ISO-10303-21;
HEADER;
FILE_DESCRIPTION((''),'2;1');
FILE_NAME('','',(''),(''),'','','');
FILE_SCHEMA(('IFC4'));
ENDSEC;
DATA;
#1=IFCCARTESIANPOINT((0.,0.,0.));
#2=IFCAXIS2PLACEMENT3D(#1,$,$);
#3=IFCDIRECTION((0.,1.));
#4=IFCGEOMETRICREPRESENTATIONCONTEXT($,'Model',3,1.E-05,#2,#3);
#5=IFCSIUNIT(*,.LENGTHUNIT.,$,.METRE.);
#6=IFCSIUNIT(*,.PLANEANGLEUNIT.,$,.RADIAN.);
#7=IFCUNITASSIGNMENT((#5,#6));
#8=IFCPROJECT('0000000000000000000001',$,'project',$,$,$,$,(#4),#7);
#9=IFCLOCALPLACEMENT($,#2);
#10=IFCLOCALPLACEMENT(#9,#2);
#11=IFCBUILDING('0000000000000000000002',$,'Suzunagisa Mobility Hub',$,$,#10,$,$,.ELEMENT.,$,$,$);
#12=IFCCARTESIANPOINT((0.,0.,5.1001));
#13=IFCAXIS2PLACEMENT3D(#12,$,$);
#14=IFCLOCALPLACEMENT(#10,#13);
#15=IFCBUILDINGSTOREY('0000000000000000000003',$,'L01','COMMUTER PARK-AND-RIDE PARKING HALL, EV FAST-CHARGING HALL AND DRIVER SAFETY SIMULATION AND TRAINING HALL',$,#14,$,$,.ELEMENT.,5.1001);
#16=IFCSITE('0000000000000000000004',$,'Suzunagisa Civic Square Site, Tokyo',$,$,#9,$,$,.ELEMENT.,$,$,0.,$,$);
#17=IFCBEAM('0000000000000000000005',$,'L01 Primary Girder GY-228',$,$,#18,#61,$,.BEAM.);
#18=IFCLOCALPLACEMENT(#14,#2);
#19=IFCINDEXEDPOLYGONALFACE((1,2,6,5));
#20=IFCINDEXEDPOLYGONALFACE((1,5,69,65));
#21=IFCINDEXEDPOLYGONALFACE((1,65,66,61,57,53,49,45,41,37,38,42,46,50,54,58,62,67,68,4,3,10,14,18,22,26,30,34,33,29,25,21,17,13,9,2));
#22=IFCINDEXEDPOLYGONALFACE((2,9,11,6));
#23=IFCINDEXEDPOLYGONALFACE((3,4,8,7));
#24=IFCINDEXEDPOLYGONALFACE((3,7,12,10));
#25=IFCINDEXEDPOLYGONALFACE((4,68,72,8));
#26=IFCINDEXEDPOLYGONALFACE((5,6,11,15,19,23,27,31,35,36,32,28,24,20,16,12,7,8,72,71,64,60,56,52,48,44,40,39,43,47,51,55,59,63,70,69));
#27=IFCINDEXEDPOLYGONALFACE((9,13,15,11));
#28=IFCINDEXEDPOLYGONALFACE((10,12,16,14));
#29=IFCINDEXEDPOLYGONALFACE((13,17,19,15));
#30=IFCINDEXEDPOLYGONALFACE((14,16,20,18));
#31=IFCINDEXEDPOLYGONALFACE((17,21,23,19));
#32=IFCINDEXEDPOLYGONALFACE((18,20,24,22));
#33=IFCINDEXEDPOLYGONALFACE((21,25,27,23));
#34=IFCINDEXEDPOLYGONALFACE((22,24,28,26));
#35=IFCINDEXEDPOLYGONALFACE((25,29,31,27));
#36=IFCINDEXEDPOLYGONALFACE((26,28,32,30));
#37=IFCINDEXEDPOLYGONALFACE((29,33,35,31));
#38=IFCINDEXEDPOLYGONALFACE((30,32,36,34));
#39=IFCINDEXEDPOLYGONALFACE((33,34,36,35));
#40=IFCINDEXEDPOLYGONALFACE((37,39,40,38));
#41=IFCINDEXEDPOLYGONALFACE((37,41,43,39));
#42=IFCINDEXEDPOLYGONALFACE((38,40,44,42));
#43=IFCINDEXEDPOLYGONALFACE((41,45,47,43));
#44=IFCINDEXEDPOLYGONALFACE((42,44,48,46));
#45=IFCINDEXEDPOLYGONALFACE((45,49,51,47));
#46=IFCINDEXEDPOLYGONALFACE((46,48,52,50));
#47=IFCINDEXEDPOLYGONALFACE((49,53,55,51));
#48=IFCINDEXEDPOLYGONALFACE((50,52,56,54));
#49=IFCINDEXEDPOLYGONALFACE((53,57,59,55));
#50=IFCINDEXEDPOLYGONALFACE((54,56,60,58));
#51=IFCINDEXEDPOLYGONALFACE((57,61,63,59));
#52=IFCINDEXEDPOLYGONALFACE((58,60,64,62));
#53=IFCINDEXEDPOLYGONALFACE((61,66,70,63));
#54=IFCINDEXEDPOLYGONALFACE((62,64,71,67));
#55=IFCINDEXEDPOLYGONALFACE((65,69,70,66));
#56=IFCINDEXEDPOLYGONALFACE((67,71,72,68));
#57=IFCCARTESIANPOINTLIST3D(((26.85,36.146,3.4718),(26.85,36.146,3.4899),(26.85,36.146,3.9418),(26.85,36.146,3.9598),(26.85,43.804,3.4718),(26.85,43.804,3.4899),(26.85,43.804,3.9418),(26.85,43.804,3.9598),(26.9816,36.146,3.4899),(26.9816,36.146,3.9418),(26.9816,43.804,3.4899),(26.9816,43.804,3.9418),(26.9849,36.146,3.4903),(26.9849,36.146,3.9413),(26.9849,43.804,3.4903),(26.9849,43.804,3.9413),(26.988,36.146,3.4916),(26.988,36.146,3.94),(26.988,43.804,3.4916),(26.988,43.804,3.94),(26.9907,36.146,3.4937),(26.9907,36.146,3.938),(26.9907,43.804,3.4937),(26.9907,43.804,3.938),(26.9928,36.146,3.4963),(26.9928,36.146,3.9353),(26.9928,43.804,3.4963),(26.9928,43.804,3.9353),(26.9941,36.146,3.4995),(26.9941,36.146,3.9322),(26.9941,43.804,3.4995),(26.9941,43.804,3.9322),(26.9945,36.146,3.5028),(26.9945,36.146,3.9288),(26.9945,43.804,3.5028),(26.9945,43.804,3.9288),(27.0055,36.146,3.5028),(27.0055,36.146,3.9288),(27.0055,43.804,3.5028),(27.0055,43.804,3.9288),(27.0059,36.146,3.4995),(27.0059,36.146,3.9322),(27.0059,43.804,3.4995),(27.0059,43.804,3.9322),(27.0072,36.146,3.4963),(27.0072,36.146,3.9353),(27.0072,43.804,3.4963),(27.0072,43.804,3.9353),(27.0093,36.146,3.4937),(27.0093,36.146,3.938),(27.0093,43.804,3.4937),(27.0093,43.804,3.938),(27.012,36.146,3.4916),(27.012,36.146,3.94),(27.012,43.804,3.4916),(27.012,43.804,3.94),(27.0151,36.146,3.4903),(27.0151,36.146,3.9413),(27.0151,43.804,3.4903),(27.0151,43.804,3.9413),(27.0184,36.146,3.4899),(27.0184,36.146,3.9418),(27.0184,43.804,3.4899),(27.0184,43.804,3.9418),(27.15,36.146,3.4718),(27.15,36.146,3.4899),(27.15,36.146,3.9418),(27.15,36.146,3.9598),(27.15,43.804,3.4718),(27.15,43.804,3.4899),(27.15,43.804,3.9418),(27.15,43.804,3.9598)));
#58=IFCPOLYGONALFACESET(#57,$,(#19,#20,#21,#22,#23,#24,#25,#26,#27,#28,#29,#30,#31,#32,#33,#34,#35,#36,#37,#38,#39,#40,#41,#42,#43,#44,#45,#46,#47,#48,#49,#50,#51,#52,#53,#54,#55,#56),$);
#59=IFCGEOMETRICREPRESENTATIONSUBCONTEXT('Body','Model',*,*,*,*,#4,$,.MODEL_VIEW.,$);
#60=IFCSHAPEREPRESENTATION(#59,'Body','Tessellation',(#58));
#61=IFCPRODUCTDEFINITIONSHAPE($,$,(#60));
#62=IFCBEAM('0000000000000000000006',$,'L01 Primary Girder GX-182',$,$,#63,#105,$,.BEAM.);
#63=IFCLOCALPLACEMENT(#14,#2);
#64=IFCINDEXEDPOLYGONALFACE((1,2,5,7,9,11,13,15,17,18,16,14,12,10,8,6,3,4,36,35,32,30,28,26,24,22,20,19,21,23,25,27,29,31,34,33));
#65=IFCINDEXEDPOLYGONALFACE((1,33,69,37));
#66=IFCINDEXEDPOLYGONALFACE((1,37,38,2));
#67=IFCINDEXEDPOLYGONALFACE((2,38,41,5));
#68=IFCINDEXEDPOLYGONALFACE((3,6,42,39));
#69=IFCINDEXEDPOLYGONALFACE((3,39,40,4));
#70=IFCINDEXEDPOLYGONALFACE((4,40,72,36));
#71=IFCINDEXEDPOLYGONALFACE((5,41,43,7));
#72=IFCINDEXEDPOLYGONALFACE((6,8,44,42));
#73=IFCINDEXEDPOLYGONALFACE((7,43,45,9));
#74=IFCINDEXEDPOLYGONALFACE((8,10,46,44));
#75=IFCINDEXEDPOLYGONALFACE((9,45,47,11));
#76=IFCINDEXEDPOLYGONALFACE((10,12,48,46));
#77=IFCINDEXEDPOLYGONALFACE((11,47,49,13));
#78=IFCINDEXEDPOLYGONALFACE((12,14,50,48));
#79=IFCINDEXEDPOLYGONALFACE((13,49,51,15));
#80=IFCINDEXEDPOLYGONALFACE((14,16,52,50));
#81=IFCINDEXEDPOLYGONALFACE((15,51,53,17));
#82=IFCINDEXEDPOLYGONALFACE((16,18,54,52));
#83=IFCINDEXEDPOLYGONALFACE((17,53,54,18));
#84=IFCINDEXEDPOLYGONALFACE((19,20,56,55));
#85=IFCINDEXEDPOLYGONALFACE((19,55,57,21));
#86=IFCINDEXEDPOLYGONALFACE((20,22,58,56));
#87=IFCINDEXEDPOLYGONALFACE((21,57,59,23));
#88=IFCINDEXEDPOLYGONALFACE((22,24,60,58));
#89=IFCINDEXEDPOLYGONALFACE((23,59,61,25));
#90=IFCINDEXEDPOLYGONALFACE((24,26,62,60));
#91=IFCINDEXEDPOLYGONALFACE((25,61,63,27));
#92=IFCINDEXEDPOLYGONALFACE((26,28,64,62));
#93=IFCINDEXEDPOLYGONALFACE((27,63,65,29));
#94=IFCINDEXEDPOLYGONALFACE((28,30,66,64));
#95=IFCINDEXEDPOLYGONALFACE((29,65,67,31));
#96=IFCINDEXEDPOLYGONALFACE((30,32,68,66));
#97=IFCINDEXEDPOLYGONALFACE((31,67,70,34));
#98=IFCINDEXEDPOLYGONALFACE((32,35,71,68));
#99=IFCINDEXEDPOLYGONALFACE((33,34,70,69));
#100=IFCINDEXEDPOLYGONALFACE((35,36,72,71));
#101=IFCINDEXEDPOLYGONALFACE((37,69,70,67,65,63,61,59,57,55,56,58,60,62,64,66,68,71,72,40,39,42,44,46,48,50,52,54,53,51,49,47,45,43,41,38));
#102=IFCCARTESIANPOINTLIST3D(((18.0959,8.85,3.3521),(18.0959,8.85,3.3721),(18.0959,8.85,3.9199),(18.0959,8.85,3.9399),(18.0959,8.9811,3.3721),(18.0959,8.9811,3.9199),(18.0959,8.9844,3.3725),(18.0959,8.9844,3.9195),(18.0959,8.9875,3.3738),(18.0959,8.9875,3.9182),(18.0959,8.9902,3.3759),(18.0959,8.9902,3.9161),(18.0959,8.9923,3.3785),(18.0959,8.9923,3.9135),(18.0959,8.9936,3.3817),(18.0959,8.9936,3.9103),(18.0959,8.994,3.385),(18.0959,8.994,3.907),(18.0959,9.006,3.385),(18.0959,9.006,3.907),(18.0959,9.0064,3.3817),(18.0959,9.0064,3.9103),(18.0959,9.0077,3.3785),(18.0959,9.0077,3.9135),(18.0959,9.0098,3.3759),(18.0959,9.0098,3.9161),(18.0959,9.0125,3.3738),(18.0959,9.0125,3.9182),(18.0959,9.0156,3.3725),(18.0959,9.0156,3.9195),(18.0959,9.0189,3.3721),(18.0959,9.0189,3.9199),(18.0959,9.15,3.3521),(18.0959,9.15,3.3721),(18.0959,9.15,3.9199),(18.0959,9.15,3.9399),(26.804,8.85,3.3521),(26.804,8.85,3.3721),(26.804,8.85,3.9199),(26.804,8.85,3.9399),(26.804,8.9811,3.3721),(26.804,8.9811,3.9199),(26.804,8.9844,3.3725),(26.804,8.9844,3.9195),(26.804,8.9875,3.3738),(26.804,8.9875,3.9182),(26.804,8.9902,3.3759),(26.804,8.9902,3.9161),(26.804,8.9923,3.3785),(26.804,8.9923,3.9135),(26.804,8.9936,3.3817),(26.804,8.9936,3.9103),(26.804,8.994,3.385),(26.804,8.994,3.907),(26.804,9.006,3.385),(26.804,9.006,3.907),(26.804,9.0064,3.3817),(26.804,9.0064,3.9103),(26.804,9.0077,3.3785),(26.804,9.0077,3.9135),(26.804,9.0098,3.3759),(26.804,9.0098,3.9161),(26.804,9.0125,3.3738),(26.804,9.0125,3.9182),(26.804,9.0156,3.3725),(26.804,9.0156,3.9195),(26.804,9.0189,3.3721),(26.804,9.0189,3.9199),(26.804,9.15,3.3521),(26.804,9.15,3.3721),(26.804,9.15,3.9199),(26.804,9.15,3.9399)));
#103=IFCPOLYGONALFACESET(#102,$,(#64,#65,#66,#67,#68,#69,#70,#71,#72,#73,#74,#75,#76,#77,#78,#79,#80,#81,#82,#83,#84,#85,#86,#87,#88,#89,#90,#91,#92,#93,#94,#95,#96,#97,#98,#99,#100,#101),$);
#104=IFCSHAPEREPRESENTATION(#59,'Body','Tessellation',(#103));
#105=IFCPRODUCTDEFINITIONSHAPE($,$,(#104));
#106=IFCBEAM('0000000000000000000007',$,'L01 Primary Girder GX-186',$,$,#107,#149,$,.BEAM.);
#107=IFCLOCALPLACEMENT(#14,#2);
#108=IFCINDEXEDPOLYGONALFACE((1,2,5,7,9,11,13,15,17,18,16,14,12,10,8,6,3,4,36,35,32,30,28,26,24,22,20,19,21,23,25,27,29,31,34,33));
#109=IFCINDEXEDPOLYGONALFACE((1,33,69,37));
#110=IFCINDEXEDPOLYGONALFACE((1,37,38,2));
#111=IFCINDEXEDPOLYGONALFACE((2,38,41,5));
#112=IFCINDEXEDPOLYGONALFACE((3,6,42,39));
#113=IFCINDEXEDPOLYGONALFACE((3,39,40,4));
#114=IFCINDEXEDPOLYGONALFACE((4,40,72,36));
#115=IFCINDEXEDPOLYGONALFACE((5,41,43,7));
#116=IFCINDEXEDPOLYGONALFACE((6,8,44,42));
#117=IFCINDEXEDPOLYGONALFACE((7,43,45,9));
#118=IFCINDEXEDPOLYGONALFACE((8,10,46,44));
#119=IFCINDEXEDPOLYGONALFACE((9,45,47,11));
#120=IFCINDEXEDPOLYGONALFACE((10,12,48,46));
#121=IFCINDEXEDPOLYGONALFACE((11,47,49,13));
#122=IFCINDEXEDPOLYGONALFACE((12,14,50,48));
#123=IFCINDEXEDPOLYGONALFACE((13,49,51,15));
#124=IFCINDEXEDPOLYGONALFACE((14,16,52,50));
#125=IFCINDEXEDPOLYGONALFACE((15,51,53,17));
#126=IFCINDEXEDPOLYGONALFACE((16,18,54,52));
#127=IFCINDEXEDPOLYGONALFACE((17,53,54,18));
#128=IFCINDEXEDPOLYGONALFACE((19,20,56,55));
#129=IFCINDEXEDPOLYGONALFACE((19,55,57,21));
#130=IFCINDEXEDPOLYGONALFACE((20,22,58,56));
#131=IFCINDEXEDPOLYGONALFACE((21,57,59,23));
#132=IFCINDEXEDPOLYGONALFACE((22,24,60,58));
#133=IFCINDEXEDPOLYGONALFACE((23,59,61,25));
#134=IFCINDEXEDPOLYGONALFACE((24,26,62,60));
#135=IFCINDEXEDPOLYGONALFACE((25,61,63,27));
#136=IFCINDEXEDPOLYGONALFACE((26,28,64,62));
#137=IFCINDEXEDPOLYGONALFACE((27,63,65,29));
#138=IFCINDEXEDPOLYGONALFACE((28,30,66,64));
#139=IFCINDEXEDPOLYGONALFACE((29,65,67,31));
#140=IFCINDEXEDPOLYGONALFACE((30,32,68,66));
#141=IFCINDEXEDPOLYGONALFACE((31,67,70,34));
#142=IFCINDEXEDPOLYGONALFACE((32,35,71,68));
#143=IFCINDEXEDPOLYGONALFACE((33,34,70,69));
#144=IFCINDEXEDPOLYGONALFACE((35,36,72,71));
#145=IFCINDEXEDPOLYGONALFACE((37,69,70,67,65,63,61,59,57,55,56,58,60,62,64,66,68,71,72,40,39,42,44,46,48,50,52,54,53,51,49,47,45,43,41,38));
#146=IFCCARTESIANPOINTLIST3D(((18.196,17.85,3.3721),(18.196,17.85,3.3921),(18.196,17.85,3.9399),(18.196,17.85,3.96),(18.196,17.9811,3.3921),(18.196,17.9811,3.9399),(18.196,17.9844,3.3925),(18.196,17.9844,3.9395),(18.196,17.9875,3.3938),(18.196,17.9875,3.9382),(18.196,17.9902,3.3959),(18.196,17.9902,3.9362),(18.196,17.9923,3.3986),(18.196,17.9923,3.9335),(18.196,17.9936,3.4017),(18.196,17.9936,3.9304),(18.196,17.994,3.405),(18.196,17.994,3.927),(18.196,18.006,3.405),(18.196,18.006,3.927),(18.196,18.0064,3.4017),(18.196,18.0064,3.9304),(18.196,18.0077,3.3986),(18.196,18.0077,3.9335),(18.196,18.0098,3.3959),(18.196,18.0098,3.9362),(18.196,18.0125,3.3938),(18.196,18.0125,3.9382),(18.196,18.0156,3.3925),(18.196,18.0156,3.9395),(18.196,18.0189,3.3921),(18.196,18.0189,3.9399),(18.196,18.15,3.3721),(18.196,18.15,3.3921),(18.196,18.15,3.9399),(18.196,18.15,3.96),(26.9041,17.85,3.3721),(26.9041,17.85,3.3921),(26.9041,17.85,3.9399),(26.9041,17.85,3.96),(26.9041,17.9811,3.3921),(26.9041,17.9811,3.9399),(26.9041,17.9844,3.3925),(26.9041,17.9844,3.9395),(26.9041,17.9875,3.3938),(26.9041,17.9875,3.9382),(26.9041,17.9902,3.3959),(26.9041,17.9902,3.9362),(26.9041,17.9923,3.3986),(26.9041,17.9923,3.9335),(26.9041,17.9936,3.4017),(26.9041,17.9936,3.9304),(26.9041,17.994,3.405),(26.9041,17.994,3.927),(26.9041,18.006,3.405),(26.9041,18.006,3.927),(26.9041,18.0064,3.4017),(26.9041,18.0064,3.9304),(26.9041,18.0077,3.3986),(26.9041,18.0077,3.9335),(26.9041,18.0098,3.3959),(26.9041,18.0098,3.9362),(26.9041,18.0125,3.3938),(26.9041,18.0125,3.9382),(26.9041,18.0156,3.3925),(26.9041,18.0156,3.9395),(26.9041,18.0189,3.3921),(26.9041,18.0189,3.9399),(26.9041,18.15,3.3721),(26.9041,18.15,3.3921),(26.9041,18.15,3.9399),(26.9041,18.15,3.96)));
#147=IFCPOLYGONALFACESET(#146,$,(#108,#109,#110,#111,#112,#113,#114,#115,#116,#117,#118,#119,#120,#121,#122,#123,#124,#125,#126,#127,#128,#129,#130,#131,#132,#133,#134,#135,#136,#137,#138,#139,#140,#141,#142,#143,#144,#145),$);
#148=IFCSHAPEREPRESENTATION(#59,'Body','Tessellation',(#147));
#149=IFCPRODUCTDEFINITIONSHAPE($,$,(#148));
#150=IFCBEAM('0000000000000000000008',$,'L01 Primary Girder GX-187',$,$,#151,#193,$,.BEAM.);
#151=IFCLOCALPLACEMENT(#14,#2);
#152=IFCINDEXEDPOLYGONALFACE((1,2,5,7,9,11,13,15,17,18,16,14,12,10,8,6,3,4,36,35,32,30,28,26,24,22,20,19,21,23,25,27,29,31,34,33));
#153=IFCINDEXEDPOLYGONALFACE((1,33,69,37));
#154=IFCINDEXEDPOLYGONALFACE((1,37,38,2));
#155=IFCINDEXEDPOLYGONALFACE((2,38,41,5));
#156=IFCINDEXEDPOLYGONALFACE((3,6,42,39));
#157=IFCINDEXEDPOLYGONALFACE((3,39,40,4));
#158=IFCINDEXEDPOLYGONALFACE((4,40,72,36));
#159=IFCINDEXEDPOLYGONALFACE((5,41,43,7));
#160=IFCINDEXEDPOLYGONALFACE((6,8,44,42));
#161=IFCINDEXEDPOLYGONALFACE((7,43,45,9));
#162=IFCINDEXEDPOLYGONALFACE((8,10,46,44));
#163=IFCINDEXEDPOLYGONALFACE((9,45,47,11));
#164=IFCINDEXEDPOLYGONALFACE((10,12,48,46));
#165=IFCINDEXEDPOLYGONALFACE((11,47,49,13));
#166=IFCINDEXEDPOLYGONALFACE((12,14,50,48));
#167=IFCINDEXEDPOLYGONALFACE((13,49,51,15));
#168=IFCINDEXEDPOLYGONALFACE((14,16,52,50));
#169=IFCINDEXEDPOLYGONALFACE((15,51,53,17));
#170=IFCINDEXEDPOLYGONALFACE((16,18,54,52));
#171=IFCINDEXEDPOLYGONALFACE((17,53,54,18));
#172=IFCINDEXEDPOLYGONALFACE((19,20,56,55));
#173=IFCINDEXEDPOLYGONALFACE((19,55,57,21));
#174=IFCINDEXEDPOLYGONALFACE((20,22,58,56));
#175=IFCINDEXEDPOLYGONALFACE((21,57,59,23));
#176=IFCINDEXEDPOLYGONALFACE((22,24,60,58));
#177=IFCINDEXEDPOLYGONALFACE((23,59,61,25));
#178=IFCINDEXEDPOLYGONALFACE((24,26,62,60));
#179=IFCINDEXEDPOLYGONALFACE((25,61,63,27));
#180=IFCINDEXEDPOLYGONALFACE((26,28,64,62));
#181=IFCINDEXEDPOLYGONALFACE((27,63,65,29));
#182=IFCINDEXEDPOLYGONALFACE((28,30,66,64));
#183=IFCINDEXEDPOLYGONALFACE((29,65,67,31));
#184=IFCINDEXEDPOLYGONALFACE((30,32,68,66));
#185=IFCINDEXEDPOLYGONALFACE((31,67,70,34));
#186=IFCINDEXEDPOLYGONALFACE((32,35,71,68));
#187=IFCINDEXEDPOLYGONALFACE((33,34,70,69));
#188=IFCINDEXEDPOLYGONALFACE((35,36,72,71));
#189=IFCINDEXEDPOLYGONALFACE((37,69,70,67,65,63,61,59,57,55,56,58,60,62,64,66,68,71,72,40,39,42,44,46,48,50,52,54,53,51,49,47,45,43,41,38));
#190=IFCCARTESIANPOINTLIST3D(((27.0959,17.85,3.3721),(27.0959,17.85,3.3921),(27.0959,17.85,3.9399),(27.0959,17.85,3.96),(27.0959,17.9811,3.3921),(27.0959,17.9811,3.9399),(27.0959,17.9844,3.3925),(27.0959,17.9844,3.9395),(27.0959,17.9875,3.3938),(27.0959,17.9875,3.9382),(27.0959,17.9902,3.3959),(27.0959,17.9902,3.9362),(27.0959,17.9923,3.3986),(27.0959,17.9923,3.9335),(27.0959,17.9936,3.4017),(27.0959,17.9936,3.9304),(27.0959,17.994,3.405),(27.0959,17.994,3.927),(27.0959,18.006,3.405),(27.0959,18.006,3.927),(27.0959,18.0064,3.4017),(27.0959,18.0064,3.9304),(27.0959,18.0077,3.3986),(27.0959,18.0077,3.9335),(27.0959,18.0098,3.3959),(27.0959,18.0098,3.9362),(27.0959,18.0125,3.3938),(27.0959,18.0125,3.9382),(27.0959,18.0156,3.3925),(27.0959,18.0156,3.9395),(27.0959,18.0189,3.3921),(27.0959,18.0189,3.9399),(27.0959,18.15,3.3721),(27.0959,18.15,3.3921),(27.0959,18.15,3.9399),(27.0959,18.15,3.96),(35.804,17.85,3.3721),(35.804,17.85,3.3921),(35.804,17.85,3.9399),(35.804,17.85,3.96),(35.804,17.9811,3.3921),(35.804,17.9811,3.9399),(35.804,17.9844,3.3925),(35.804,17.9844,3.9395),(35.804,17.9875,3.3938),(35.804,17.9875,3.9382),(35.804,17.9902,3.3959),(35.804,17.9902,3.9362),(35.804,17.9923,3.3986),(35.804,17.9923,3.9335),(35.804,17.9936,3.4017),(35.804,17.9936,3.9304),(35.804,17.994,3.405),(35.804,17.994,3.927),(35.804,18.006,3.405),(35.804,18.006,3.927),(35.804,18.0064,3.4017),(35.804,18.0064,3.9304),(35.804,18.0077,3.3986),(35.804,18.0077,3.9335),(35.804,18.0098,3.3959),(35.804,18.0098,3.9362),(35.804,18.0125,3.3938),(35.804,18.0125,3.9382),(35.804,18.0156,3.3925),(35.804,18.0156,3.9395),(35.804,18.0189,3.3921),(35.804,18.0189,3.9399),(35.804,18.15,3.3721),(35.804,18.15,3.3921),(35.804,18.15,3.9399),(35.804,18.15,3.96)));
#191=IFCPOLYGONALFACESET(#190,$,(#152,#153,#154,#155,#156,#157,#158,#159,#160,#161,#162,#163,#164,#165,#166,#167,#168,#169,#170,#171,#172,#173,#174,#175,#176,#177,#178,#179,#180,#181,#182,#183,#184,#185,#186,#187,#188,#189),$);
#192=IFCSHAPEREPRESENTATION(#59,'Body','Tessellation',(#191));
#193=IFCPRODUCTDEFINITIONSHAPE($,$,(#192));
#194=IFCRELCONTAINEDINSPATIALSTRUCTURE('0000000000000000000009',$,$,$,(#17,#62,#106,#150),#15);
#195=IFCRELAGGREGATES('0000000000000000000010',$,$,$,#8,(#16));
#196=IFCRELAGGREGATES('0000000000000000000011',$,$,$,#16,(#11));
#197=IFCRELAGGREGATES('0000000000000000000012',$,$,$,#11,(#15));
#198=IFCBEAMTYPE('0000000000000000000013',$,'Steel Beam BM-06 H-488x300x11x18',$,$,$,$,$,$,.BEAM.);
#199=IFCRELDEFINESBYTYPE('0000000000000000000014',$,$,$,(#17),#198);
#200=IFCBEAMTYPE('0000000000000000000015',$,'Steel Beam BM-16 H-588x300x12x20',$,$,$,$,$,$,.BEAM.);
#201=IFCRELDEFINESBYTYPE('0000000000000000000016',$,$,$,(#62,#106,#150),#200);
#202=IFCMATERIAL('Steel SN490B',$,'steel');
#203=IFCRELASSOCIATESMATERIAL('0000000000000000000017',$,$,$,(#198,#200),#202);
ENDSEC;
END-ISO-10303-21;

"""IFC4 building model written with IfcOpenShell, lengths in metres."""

from ifc_helpers import new_model, si_unit, direction, frame, origin, origin_2d, place, context, subcontext, project, spatial, i_section, extrude, material, material_profile, profile_set, type_object, element, save


model = new_model("IFC4")

# Units and contexts
model_context = context("Model", 3, precision=1e-05, world=origin(), true_north=direction((0.0, 1.0)))
body_context = subcontext(model_context, "Body", "Model", "MODEL_VIEW")
ifc_project = project(units=[si_unit("LENGTHUNIT", "METRE"), si_unit("PLANEANGLEUNIT", "RADIAN")], contexts=[model_context])

# Site, building, storey
site_placement = place(None, origin())
site = spatial("IfcSite", under=ifc_project, at=site_placement, Name="Suzunagisa Civic Square Site, Tokyo", CompositionType="ELEMENT", RefElevation=0.0)
building_placement = place(site_placement, origin())
building = spatial("IfcBuilding", under=site, at=building_placement, Name="Suzunagisa Mobility Hub", CompositionType="ELEMENT")
storey_placement = place(building_placement, frame((0.0, 0.0, 5.1001)))
storey = spatial("IfcBuildingStorey", under=building, at=storey_placement, Name="L01", Description="COMMUTER PARK-AND-RIDE PARKING HALL, EV FAST-CHARGING HALL AND DRIVER SAFETY SIMULATION AND TRAINING HALL", CompositionType="ELEMENT", Elevation=5.1001)

# Shared definitions
ifc_material_1 = material(Name="Steel SN490B", Category="steel")

# Beams
ifc_material_profile_1 = material_profile(ifc_material_1, i_section(OverallWidth=0.3, OverallDepth=0.488, WebThickness=0.011, FlangeThickness=0.0181, FilletRadius=0.0129, at=origin_2d()), Name="H-488x300x11x18")
ifc_profile_set_1 = profile_set([ifc_material_profile_1], Name="Steel SN490B")
beam_type_1 = type_object("IfcBeamType", Name="Steel Beam BM-06 H-488x300x11x18", PredefinedType="BEAM", material=ifc_profile_set_1)
beam_1_placement = place(storey_placement, frame((27.0, 36.146, 3.7158), z_axis=(0.0, 1.0, 0.0), x_axis=(-1.0, 0.0, 0.0)))
element("IfcBeam", 1, at=beam_1_placement, inside=storey, type_object=beam_type_1, Name="L01 Primary Girder GY-228", PredefinedType="BEAM", context=body_context, shape_type="SweptSolid", body=[
    extrude(i_section(OverallWidth=0.3, OverallDepth=0.488, WebThickness=0.011, FlangeThickness=0.0181, FilletRadius=0.0129, at=origin_2d()), origin(), (0.0, 0.0, 1.0), 7.658),
])
ifc_material_profile_2 = material_profile(ifc_material_1, i_section(OverallWidth=0.3, OverallDepth=0.5879, WebThickness=0.012, FlangeThickness=0.02, FilletRadius=0.0129, at=origin_2d()), Name="H-588x300x12x20")
ifc_profile_set_2 = profile_set([ifc_material_profile_2], Name="Steel SN490B")
beam_type_2 = type_object("IfcBeamType", Name="Steel Beam BM-16 H-588x300x12x20", PredefinedType="BEAM", material=ifc_profile_set_2)
for number, where, z_axis, x_axis, name in (
    (2, (18.0959, 9.0, 3.646), (1.0, 0.0, 0.0), (0.0, 1.0, 0.0), "L01 Primary Girder GX-182"),
    (3, (18.196, 18.0, 3.666), (1.0, 0.0, 0.0), (0.0, 1.0, 0.0), "L01 Primary Girder GX-186"),
    (4, (27.0959, 18.0, 3.666), (1.0, 0.0, 0.0), (0.0, 1.0, 0.0), "L01 Primary Girder GX-187"),
):
    element("IfcBeam", number, at=place(storey_placement, frame(where, z_axis=z_axis, x_axis=x_axis)), inside=storey, type_object=beam_type_2, Name=name, PredefinedType="BEAM", context=body_context, shape_type="SweptSolid", body=[
        extrude(i_section(OverallWidth=0.3, OverallDepth=0.5879, WebThickness=0.012, FlangeThickness=0.02, FilletRadius=0.0129, at=origin_2d()), origin(), (0.0, 0.0, 1.0), 8.708),
    ])

save(model, "model.ifc")
